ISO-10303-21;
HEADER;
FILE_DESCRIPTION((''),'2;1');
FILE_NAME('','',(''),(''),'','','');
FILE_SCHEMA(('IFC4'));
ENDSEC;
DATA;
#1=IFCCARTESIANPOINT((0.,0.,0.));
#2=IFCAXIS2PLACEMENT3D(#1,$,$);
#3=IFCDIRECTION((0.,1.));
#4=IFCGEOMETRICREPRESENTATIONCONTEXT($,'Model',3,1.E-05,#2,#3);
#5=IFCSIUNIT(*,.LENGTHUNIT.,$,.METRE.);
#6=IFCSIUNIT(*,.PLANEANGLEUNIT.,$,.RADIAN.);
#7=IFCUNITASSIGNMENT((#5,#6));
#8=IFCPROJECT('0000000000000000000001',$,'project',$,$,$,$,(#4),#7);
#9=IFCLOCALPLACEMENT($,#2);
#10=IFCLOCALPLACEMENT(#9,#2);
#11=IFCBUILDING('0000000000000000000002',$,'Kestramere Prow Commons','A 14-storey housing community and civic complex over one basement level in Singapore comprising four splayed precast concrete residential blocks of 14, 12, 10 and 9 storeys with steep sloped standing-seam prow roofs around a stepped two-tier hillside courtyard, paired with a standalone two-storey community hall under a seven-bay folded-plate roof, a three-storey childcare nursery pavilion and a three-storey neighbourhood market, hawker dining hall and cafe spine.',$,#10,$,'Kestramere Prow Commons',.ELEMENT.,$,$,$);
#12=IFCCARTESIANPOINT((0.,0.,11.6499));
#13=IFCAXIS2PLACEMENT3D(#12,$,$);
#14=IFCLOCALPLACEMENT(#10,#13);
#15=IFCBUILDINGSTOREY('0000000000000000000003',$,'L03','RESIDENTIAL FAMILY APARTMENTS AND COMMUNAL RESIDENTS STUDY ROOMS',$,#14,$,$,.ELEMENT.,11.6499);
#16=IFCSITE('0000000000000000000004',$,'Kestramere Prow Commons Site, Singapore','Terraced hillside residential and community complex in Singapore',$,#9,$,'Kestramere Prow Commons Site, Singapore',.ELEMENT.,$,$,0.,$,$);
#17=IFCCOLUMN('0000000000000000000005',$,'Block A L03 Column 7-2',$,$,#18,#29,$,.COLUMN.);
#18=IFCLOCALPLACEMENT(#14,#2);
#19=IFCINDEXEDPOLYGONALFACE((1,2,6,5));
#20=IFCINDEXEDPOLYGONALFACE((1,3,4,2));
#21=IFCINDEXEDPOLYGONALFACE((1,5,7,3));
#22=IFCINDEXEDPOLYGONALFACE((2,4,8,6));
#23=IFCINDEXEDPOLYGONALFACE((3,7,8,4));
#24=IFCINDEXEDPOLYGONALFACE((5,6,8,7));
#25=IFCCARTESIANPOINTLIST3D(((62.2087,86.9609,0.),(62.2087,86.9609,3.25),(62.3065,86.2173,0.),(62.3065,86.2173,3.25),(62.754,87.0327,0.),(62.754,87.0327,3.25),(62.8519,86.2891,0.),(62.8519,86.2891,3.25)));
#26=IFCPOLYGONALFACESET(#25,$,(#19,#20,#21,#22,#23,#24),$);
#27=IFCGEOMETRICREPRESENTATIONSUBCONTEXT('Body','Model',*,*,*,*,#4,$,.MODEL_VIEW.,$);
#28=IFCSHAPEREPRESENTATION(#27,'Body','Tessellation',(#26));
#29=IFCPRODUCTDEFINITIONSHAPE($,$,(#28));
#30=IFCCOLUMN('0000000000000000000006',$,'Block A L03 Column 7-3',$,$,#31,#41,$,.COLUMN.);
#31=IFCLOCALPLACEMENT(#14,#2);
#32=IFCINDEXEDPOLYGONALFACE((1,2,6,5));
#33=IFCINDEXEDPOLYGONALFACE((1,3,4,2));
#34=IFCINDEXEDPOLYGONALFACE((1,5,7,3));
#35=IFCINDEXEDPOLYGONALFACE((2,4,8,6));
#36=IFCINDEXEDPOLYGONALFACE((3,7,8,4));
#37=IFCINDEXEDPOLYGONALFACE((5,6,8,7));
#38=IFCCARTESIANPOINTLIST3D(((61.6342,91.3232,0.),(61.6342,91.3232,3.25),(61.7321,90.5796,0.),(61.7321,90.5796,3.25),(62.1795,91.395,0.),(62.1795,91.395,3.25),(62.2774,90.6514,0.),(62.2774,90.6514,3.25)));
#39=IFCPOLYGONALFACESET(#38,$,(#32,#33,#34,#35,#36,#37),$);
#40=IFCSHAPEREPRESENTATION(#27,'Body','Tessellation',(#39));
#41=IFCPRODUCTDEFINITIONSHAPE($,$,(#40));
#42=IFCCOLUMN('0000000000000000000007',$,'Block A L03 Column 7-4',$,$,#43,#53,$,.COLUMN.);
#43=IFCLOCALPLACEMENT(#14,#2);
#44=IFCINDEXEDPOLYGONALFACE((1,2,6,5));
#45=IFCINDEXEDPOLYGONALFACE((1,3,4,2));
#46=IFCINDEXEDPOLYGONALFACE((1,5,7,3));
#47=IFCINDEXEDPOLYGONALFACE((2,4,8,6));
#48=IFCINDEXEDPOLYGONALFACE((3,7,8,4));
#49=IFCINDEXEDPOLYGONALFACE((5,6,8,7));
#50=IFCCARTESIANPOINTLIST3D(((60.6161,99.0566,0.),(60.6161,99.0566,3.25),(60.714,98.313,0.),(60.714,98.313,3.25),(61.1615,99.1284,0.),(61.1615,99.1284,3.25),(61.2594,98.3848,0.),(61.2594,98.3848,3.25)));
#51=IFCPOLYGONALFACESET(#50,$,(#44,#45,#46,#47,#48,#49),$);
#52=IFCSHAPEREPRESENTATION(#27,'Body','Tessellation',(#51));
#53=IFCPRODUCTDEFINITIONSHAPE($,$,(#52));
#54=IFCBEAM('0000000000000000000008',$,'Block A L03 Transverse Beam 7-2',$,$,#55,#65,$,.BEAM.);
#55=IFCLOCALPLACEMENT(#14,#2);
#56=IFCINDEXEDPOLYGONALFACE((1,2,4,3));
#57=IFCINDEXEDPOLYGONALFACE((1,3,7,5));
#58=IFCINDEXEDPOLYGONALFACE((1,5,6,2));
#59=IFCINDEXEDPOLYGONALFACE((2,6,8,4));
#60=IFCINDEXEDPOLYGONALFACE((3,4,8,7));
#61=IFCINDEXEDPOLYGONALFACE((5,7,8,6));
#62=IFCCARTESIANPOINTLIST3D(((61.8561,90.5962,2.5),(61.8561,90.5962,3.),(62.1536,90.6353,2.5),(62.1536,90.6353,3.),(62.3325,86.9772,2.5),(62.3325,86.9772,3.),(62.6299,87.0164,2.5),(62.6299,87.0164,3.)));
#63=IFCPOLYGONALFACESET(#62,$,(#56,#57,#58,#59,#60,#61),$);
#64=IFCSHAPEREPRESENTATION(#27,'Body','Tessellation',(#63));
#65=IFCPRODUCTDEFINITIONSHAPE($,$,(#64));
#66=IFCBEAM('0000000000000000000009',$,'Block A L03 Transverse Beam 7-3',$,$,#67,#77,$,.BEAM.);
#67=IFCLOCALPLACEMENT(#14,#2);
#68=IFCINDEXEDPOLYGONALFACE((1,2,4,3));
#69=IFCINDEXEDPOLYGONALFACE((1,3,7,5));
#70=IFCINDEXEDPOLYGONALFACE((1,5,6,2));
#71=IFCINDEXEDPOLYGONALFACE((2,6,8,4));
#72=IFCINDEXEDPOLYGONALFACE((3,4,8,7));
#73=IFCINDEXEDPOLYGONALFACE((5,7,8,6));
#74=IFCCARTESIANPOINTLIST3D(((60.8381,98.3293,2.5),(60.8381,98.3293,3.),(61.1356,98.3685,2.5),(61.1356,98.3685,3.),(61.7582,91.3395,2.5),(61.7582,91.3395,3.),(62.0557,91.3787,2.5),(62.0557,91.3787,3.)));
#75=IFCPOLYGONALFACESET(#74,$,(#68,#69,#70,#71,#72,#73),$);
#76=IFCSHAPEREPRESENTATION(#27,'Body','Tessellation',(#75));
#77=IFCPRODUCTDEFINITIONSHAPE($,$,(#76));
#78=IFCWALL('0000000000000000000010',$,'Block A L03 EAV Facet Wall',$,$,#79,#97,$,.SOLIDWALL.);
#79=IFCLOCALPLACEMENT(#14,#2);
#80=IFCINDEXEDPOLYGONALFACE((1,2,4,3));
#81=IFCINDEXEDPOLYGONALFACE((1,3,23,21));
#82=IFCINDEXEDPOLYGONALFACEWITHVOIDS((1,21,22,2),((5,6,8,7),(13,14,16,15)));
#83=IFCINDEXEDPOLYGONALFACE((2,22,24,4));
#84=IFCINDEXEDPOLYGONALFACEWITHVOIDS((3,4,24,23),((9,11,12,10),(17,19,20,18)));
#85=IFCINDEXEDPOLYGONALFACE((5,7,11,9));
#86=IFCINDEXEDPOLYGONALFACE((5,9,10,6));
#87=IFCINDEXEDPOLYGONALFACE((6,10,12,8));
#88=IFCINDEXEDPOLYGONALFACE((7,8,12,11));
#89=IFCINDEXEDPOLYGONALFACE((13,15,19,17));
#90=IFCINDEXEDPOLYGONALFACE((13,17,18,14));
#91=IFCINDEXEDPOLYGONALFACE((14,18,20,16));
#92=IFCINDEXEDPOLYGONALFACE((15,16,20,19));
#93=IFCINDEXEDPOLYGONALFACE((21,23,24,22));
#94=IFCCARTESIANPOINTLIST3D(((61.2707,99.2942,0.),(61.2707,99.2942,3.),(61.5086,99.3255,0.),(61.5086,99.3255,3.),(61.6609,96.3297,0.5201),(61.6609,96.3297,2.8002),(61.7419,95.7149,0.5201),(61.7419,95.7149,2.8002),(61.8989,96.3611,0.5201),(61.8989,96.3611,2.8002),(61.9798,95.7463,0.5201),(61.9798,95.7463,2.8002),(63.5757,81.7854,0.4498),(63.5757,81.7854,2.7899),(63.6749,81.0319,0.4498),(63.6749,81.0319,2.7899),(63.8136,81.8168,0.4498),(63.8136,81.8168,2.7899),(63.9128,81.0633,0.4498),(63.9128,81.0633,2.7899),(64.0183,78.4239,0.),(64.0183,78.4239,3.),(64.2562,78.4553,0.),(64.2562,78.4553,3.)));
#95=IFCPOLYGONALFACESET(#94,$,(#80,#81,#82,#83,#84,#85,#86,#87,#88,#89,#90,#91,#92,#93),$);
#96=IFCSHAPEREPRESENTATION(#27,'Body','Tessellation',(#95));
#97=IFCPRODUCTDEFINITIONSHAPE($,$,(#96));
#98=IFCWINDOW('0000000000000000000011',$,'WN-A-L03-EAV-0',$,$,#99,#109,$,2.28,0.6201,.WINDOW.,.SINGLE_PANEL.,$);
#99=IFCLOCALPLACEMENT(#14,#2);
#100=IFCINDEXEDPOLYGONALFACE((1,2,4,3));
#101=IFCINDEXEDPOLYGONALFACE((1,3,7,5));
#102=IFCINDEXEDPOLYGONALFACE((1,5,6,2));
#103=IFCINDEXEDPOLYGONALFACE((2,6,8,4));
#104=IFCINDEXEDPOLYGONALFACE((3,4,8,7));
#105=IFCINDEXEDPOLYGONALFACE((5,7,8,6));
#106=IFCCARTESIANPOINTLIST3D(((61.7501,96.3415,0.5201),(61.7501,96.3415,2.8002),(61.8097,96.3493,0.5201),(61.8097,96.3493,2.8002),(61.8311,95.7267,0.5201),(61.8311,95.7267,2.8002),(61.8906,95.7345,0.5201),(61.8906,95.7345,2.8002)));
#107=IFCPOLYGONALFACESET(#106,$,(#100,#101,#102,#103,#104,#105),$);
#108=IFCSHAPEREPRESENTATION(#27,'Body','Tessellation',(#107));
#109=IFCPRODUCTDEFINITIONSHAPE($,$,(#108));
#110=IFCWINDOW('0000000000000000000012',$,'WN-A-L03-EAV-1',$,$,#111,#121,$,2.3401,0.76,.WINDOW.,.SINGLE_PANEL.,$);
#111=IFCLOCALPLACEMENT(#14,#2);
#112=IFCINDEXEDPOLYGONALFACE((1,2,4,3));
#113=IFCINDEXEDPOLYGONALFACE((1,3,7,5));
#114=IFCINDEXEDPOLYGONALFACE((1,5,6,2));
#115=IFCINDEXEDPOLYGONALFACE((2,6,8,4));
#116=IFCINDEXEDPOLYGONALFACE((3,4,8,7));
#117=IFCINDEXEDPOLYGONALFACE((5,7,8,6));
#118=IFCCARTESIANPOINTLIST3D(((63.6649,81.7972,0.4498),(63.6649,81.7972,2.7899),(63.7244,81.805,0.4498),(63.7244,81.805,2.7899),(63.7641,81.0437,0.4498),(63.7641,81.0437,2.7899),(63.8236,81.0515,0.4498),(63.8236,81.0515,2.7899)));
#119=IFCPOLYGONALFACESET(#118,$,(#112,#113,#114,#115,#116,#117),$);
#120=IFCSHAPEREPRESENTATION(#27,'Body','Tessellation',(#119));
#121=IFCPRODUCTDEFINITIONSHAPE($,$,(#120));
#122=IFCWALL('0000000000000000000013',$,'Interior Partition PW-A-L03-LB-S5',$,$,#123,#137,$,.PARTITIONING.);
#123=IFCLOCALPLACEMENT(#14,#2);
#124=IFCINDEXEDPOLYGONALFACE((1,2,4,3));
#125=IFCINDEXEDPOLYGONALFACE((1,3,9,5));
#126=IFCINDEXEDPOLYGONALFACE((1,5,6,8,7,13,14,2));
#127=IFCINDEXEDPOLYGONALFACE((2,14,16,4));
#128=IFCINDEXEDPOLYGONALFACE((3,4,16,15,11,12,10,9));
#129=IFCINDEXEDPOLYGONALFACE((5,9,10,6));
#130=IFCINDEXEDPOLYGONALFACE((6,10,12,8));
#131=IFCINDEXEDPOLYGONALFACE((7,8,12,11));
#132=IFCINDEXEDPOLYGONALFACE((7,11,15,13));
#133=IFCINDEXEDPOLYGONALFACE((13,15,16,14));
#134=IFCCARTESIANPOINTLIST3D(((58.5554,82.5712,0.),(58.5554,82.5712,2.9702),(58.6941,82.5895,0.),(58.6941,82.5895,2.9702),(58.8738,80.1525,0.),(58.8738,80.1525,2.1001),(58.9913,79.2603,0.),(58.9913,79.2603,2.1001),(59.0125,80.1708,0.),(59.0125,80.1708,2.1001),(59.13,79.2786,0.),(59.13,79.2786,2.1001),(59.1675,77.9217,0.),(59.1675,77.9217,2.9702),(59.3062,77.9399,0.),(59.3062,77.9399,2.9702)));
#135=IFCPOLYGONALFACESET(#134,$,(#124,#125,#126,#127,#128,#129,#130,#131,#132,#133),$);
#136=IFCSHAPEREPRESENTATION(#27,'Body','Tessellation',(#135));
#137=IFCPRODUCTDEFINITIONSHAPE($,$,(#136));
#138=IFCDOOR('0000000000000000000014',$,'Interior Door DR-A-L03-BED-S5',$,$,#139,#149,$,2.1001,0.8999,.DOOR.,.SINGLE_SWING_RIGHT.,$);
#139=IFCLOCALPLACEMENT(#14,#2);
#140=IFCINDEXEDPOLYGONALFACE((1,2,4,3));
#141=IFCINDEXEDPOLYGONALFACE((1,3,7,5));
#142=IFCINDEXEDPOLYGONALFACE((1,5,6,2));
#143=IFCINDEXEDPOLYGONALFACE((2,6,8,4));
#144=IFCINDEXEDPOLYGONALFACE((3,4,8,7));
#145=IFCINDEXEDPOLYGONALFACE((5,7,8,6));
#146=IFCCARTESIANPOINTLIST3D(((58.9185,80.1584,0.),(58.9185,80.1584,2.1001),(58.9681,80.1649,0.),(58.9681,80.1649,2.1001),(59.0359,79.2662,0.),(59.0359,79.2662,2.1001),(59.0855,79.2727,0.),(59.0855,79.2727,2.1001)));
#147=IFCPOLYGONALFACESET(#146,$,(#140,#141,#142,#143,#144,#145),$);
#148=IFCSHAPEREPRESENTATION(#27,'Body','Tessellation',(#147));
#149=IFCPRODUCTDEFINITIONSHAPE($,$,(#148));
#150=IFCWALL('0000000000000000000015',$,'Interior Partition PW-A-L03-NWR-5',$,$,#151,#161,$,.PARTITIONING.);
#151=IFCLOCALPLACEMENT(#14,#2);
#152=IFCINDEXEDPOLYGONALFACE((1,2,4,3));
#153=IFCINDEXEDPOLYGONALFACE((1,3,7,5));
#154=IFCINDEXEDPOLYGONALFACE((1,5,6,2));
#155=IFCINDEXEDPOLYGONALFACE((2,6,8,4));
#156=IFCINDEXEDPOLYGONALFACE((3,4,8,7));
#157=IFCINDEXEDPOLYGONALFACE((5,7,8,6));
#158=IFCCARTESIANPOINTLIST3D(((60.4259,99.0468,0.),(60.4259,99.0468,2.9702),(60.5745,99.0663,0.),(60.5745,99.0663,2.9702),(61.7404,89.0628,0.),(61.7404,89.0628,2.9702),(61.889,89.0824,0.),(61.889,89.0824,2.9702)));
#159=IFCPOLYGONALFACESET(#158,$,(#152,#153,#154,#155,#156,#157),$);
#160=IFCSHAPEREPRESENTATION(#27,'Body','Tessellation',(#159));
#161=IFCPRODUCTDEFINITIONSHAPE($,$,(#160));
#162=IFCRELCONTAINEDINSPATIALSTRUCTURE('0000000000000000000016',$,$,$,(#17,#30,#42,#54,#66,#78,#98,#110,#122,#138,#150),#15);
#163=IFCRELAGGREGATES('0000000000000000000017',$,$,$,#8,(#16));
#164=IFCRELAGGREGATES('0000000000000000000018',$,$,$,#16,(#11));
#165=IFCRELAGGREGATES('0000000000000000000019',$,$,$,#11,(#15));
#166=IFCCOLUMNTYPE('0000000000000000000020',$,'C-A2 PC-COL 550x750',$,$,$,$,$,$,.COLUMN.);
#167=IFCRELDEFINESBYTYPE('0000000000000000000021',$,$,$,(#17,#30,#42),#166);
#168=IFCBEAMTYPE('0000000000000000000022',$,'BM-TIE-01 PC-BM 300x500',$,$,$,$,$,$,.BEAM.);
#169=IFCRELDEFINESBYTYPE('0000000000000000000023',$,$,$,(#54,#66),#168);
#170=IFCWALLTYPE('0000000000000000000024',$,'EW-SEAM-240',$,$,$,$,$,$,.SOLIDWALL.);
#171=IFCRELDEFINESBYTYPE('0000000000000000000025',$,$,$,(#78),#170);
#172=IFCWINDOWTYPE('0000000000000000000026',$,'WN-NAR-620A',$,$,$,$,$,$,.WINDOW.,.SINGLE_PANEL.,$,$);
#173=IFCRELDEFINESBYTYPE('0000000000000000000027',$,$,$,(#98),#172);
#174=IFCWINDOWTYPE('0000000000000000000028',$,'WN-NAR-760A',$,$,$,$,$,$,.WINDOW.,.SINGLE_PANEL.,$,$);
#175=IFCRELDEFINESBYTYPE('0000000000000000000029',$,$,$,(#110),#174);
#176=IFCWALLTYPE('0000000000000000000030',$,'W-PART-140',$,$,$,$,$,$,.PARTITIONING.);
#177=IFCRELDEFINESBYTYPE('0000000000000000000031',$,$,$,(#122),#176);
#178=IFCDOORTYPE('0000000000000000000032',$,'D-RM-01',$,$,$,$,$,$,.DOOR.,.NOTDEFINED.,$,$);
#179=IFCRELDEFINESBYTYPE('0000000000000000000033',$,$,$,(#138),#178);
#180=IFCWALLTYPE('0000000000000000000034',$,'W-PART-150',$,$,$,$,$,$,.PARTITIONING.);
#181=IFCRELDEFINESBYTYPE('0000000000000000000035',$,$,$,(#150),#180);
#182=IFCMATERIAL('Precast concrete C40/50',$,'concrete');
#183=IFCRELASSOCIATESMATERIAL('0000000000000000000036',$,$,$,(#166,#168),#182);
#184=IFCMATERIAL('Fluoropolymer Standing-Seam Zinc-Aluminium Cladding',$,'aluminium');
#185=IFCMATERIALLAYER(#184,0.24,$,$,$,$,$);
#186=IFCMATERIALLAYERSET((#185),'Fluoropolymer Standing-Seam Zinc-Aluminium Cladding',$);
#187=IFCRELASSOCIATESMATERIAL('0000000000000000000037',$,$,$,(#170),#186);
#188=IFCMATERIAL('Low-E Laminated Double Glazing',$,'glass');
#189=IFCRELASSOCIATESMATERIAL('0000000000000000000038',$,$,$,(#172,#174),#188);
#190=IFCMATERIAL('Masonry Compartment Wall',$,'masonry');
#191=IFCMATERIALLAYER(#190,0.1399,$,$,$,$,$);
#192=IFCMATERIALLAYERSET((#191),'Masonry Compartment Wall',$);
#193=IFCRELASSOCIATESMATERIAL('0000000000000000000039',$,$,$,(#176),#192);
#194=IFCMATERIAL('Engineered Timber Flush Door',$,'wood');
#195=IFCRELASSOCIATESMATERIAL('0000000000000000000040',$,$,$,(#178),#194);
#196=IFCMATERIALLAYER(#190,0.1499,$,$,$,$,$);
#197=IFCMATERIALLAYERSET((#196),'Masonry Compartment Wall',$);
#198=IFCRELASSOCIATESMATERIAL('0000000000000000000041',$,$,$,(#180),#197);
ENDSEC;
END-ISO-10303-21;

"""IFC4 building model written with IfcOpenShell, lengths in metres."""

from ifc_helpers import new_model, si_unit, direction, frame, frame_2d, origin, origin_2d, place, context, subcontext, project, spatial, rectangle, extrude, material, layer, layer_set, material_profile, profile_set, type_object, element, fill, save


model = new_model("IFC4")

# Units and contexts
model_context = context("Model", 3, precision=1e-05, world=origin(), true_north=direction((0.0, 1.0)))
body_context = subcontext(model_context, "Body", "Model", "MODEL_VIEW")
ifc_project = project(units=[si_unit("LENGTHUNIT", "METRE"), si_unit("PLANEANGLEUNIT", "RADIAN")], contexts=[model_context])

# Site, building, storey
site_placement = place(None, origin())
site = spatial("IfcSite", under=ifc_project, at=site_placement, Name="Kestramere Prow Commons Site, Singapore", Description="Terraced hillside residential and community complex in Singapore", LongName="Kestramere Prow Commons Site, Singapore", CompositionType="ELEMENT", RefElevation=0.0)
building_placement = place(site_placement, origin())
building = spatial("IfcBuilding", under=site, at=building_placement, Name="Kestramere Prow Commons", Description="A 14-storey housing community and civic complex over one basement level in Singapore comprising four splayed precast concrete residential blocks of 14, 12, 10 and 9 storeys with steep sloped standing-seam prow roofs around a stepped two-tier hillside courtyard, paired with a standalone two-storey community hall under a seven-bay folded-plate roof, a three-storey childcare nursery pavilion and a three-storey neighbourhood market, hawker dining hall and cafe spine.", LongName="Kestramere Prow Commons", CompositionType="ELEMENT")
storey_placement = place(building_placement, frame((0.0, 0.0, 11.6499)))
storey = spatial("IfcBuildingStorey", under=building, at=storey_placement, Name="L03", Description="RESIDENTIAL FAMILY APARTMENTS AND COMMUNAL RESIDENTS STUDY ROOMS", CompositionType="ELEMENT", Elevation=11.6499)

# Columns
ifc_material_1 = material(Name="Precast concrete C40/50", Category="concrete")
ifc_material_profile_1 = material_profile(ifc_material_1, rectangle(XDim=0.55, YDim=0.75, at=origin_2d()), Name="PC-COL 550x750")
ifc_profile_set_1 = profile_set([ifc_material_profile_1], Name="Precast concrete C40/50")
column_type = type_object("IfcColumnType", Name="C-A2 PC-COL 550x750", PredefinedType="COLUMN", material=ifc_profile_set_1)
for number, where, z_axis, x_axis, name in (
    (1, (62.5303, 86.625, 0.0), (0.0, 0.0, 1.0), (0.991445, 0.130526, 0.0), "Block A L03 Column 7-2"),
    (2, (61.9558, 90.9873, 0.0), (0.0, 0.0, 1.0), (0.991445, 0.130526, 0.0), "Block A L03 Column 7-3"),
    (3, (60.9377, 98.7207, 0.0), (0.0, 0.0, 1.0), (0.991445, 0.130526, 0.0), "Block A L03 Column 7-4"),
):
    element("IfcColumn", number, at=place(storey_placement, frame(where, z_axis=z_axis, x_axis=x_axis)), inside=storey, type_object=column_type, Name=name, PredefinedType="COLUMN", context=body_context, shape_type="SweptSolid", body=[
        extrude(rectangle(XDim=0.55, YDim=0.75, at=origin_2d()), origin(), (0.0, 0.0, 1.0), 3.25),
    ])

# Beams
ifc_material_profile_2 = material_profile(ifc_material_1, rectangle(XDim=0.3, YDim=0.5, at=origin_2d()), Name="PC-BM 300x500")
ifc_profile_set_2 = profile_set([ifc_material_profile_2], Name="Precast concrete C40/50")
beam_type = type_object("IfcBeamType", Name="BM-TIE-01 PC-BM 300x500", PredefinedType="BEAM", material=ifc_profile_set_2)
beam_1_placement = place(storey_placement, frame((62.4812, 86.9968, 2.75), z_axis=(-0.130494, 0.991449, 0.0), x_axis=(-0.991449, -0.130494, 0.0)))
element("IfcBeam", 4, at=beam_1_placement, inside=storey, type_object=beam_type, Name="Block A L03 Transverse Beam 7-2", PredefinedType="BEAM", context=body_context, shape_type="SweptSolid", body=[
    extrude(rectangle(XDim=0.3, YDim=0.5, at=origin_2d()), origin(), (0.0, 0.0, 1.0), 3.6501),
])
beam_2_placement = place(storey_placement, frame((61.907, 91.3591, 2.75), z_axis=(-0.130519, 0.991446, 0.0), x_axis=(-0.991446, -0.130519, 0.0)))
element("IfcBeam", 5, at=beam_2_placement, inside=storey, type_object=beam_type, Name="Block A L03 Transverse Beam 7-3", PredefinedType="BEAM", context=body_context, shape_type="SweptSolid", body=[
    extrude(rectangle(XDim=0.3, YDim=0.5, at=origin_2d()), origin(), (0.0, 0.0, 1.0), 7.05),
])

# Wall, openings, windows
ifc_material_2 = material(Name="Fluoropolymer Standing-Seam Zinc-Aluminium Cladding", Category="aluminium")
ifc_layer_1 = layer(ifc_material_2, 0.24)
ifc_layer_set_1 = layer_set([ifc_layer_1], Name="Fluoropolymer Standing-Seam Zinc-Aluminium Cladding")
wall_type_1 = type_object("IfcWallType", Name="EW-SEAM-240", PredefinedType="SOLIDWALL", material=ifc_layer_set_1)
wall_1_placement = place(storey_placement, frame((61.3896, 99.3098, 0.0), z_axis=(0.0, 0.0, 1.0), x_axis=(0.130524, -0.991445, 0.0)))
wall_1 = element("IfcWall", 6, at=wall_1_placement, inside=storey, type_object=wall_type_1, Name="Block A L03 EAV Facet Wall", PredefinedType="SOLIDWALL", context=body_context, shape_type="SweptSolid", body=[
    extrude(rectangle(XDim=21.0503, YDim=0.24, at=frame_2d((10.5251, 0.0))), origin(), (0.0, 0.0, 1.0), 3.0),
])
opening_1_placement = place(wall_1_placement, frame((2.99, 0.0, 0.52)))
opening_1 = element("IfcOpeningElement", 7, at=opening_1_placement, cuts=wall_1, PredefinedType="OPENING", context=body_context, shape_type="SweptSolid", body=[
    extrude(rectangle(XDim=0.6201, YDim=2.28, at=frame_2d((0.3101, 1.1401))), frame((0.0, 0.135, 0.0), z_axis=(0.0, -1.0, 0.0), x_axis=(1.0, 0.0, 0.0)), (0.0, 0.0, 1.0), 0.27),
])
opening_2_placement = place(wall_1_placement, frame((17.6599, 0.0, 0.45)))
opening_2 = element("IfcOpeningElement", 8, at=opening_2_placement, cuts=wall_1, PredefinedType="OPENING", context=body_context, shape_type="SweptSolid", body=[
    extrude(rectangle(XDim=0.76, YDim=2.3401, at=frame_2d((0.3799, 1.1699))), frame((0.0, 0.135, 0.0), z_axis=(0.0, -1.0, 0.0), x_axis=(1.0, 0.0, 0.0)), (0.0, 0.0, 1.0), 0.27),
])
ifc_material_3 = material(Name="Low-E Laminated Double Glazing", Category="glass")
window_type_1 = type_object("IfcWindowType", Name="WN-NAR-620A", PartitioningType="SINGLE_PANEL", PredefinedType="WINDOW", material=ifc_material_3)
window_1_placement = place(opening_1_placement, origin())
window_1 = element("IfcWindow", 9, at=window_1_placement, inside=storey, type_object=window_type_1, Name="WN-A-L03-EAV-0", OverallHeight=2.28, OverallWidth=0.6201, PartitioningType="SINGLE_PANEL", PredefinedType="WINDOW", context=body_context, shape_type="SweptSolid", body=[
    extrude(rectangle(XDim=0.6201, YDim=2.28, at=frame_2d((0.3101, 1.1401))), frame((0.0, 0.03, 0.0), z_axis=(0.0, -1.0, 0.0), x_axis=(1.0, 0.0, 0.0)), (0.0, 0.0, 1.0), 0.0601),
])
fill(opening_1, window_1)
window_type_2 = type_object("IfcWindowType", Name="WN-NAR-760A", PartitioningType="SINGLE_PANEL", PredefinedType="WINDOW", material=ifc_material_3)
window_2_placement = place(opening_2_placement, origin())
window_2 = element("IfcWindow", 10, at=window_2_placement, inside=storey, type_object=window_type_2, Name="WN-A-L03-EAV-1", OverallHeight=2.3401, OverallWidth=0.76, PartitioningType="SINGLE_PANEL", PredefinedType="WINDOW", context=body_context, shape_type="SweptSolid", body=[
    extrude(rectangle(XDim=0.76, YDim=2.3401, at=frame_2d((0.3799, 1.1699))), frame((0.0, 0.03, 0.0), z_axis=(0.0, -1.0, 0.0), x_axis=(1.0, 0.0, 0.0)), (0.0, 0.0, 1.0), 0.0601),
])
fill(opening_2, window_2)

# Wall, opening, door
ifc_material_4 = material(Name="Masonry Compartment Wall", Category="masonry")
ifc_layer_2 = layer(ifc_material_4, 0.1399)
ifc_layer_set_2 = layer_set([ifc_layer_2], Name="Masonry Compartment Wall")
wall_type_2 = type_object("IfcWallType", Name="W-PART-140", PredefinedType="PARTITIONING", material=ifc_layer_set_2)
wall_2_placement = place(storey_placement, frame((59.2368, 77.9309, 0.0), z_axis=(0.0, 0.0, 1.0), x_axis=(-0.13051, 0.991447, 0.0)))
wall_2 = element("IfcWall", 11, at=wall_2_placement, inside=storey, type_object=wall_type_2, Name="Interior Partition PW-A-L03-LB-S5", PredefinedType="PARTITIONING", context=body_context, shape_type="SweptSolid", body=[
    extrude(rectangle(XDim=4.6897, YDim=0.1399, at=frame_2d((2.3447, 0.0))), origin(), (0.0, 0.0, 1.0), 2.9702),
])
opening_3_placement = place(wall_2_placement, frame((1.3501, 0.0, 0.0)))
opening_3 = element("IfcOpeningElement", 12, at=opening_3_placement, cuts=wall_2, PredefinedType="OPENING", context=body_context, shape_type="SweptSolid", body=[
    extrude(rectangle(XDim=0.8999, YDim=2.1001, at=frame_2d((0.45, 1.05))), frame((0.0, 0.085, 0.0), z_axis=(0.0, -1.0, 0.0), x_axis=(1.0, 0.0, 0.0)), (0.0, 0.0, 1.0), 0.1699),
])
ifc_material_5 = material(Name="Engineered Timber Flush Door", Category="wood")
door_type_1 = type_object("IfcDoorType", Name="D-RM-01", OperationType="NOTDEFINED", PredefinedType="DOOR", material=ifc_material_5)
door_1_placement = place(opening_3_placement, origin())
door_1 = element("IfcDoor", 13, at=door_1_placement, inside=storey, type_object=door_type_1, Name="Interior Door DR-A-L03-BED-S5", OperationType="SINGLE_SWING_RIGHT", OverallHeight=2.1001, OverallWidth=0.8999, PredefinedType="DOOR", context=body_context, shape_type="SweptSolid", body=[
    extrude(rectangle(XDim=0.8999, YDim=2.1001, at=frame_2d((0.45, 1.05))), frame((0.0, 0.0249, 0.0), z_axis=(0.0, -1.0, 0.0), x_axis=(1.0, 0.0, 0.0)), (0.0, 0.0, 1.0), 0.05),
])
fill(opening_3, door_1)

# Wall
ifc_layer_3 = layer(ifc_material_4, 0.1499)
ifc_layer_set_3 = layer_set([ifc_layer_3], Name="Masonry Compartment Wall")
wall_type_3 = type_object("IfcWallType", Name="W-PART-150", PredefinedType="PARTITIONING", material=ifc_layer_set_3)
wall_3_placement = place(storey_placement, frame((61.8147, 89.0725, 0.0), z_axis=(0.0, 0.0, 1.0), x_axis=(-0.130531, 0.991444, 0.0)))
element("IfcWall", 14, at=wall_3_placement, inside=storey, type_object=wall_type_3, Name="Interior Partition PW-A-L03-NWR-5", PredefinedType="PARTITIONING", context=body_context, shape_type="SweptSolid", body=[
    extrude(rectangle(XDim=10.0701, YDim=0.1499, at=frame_2d((5.0352, 0.0))), origin(), (0.0, 0.0, 1.0), 2.9702),
])

save(model, "model.ifc")
